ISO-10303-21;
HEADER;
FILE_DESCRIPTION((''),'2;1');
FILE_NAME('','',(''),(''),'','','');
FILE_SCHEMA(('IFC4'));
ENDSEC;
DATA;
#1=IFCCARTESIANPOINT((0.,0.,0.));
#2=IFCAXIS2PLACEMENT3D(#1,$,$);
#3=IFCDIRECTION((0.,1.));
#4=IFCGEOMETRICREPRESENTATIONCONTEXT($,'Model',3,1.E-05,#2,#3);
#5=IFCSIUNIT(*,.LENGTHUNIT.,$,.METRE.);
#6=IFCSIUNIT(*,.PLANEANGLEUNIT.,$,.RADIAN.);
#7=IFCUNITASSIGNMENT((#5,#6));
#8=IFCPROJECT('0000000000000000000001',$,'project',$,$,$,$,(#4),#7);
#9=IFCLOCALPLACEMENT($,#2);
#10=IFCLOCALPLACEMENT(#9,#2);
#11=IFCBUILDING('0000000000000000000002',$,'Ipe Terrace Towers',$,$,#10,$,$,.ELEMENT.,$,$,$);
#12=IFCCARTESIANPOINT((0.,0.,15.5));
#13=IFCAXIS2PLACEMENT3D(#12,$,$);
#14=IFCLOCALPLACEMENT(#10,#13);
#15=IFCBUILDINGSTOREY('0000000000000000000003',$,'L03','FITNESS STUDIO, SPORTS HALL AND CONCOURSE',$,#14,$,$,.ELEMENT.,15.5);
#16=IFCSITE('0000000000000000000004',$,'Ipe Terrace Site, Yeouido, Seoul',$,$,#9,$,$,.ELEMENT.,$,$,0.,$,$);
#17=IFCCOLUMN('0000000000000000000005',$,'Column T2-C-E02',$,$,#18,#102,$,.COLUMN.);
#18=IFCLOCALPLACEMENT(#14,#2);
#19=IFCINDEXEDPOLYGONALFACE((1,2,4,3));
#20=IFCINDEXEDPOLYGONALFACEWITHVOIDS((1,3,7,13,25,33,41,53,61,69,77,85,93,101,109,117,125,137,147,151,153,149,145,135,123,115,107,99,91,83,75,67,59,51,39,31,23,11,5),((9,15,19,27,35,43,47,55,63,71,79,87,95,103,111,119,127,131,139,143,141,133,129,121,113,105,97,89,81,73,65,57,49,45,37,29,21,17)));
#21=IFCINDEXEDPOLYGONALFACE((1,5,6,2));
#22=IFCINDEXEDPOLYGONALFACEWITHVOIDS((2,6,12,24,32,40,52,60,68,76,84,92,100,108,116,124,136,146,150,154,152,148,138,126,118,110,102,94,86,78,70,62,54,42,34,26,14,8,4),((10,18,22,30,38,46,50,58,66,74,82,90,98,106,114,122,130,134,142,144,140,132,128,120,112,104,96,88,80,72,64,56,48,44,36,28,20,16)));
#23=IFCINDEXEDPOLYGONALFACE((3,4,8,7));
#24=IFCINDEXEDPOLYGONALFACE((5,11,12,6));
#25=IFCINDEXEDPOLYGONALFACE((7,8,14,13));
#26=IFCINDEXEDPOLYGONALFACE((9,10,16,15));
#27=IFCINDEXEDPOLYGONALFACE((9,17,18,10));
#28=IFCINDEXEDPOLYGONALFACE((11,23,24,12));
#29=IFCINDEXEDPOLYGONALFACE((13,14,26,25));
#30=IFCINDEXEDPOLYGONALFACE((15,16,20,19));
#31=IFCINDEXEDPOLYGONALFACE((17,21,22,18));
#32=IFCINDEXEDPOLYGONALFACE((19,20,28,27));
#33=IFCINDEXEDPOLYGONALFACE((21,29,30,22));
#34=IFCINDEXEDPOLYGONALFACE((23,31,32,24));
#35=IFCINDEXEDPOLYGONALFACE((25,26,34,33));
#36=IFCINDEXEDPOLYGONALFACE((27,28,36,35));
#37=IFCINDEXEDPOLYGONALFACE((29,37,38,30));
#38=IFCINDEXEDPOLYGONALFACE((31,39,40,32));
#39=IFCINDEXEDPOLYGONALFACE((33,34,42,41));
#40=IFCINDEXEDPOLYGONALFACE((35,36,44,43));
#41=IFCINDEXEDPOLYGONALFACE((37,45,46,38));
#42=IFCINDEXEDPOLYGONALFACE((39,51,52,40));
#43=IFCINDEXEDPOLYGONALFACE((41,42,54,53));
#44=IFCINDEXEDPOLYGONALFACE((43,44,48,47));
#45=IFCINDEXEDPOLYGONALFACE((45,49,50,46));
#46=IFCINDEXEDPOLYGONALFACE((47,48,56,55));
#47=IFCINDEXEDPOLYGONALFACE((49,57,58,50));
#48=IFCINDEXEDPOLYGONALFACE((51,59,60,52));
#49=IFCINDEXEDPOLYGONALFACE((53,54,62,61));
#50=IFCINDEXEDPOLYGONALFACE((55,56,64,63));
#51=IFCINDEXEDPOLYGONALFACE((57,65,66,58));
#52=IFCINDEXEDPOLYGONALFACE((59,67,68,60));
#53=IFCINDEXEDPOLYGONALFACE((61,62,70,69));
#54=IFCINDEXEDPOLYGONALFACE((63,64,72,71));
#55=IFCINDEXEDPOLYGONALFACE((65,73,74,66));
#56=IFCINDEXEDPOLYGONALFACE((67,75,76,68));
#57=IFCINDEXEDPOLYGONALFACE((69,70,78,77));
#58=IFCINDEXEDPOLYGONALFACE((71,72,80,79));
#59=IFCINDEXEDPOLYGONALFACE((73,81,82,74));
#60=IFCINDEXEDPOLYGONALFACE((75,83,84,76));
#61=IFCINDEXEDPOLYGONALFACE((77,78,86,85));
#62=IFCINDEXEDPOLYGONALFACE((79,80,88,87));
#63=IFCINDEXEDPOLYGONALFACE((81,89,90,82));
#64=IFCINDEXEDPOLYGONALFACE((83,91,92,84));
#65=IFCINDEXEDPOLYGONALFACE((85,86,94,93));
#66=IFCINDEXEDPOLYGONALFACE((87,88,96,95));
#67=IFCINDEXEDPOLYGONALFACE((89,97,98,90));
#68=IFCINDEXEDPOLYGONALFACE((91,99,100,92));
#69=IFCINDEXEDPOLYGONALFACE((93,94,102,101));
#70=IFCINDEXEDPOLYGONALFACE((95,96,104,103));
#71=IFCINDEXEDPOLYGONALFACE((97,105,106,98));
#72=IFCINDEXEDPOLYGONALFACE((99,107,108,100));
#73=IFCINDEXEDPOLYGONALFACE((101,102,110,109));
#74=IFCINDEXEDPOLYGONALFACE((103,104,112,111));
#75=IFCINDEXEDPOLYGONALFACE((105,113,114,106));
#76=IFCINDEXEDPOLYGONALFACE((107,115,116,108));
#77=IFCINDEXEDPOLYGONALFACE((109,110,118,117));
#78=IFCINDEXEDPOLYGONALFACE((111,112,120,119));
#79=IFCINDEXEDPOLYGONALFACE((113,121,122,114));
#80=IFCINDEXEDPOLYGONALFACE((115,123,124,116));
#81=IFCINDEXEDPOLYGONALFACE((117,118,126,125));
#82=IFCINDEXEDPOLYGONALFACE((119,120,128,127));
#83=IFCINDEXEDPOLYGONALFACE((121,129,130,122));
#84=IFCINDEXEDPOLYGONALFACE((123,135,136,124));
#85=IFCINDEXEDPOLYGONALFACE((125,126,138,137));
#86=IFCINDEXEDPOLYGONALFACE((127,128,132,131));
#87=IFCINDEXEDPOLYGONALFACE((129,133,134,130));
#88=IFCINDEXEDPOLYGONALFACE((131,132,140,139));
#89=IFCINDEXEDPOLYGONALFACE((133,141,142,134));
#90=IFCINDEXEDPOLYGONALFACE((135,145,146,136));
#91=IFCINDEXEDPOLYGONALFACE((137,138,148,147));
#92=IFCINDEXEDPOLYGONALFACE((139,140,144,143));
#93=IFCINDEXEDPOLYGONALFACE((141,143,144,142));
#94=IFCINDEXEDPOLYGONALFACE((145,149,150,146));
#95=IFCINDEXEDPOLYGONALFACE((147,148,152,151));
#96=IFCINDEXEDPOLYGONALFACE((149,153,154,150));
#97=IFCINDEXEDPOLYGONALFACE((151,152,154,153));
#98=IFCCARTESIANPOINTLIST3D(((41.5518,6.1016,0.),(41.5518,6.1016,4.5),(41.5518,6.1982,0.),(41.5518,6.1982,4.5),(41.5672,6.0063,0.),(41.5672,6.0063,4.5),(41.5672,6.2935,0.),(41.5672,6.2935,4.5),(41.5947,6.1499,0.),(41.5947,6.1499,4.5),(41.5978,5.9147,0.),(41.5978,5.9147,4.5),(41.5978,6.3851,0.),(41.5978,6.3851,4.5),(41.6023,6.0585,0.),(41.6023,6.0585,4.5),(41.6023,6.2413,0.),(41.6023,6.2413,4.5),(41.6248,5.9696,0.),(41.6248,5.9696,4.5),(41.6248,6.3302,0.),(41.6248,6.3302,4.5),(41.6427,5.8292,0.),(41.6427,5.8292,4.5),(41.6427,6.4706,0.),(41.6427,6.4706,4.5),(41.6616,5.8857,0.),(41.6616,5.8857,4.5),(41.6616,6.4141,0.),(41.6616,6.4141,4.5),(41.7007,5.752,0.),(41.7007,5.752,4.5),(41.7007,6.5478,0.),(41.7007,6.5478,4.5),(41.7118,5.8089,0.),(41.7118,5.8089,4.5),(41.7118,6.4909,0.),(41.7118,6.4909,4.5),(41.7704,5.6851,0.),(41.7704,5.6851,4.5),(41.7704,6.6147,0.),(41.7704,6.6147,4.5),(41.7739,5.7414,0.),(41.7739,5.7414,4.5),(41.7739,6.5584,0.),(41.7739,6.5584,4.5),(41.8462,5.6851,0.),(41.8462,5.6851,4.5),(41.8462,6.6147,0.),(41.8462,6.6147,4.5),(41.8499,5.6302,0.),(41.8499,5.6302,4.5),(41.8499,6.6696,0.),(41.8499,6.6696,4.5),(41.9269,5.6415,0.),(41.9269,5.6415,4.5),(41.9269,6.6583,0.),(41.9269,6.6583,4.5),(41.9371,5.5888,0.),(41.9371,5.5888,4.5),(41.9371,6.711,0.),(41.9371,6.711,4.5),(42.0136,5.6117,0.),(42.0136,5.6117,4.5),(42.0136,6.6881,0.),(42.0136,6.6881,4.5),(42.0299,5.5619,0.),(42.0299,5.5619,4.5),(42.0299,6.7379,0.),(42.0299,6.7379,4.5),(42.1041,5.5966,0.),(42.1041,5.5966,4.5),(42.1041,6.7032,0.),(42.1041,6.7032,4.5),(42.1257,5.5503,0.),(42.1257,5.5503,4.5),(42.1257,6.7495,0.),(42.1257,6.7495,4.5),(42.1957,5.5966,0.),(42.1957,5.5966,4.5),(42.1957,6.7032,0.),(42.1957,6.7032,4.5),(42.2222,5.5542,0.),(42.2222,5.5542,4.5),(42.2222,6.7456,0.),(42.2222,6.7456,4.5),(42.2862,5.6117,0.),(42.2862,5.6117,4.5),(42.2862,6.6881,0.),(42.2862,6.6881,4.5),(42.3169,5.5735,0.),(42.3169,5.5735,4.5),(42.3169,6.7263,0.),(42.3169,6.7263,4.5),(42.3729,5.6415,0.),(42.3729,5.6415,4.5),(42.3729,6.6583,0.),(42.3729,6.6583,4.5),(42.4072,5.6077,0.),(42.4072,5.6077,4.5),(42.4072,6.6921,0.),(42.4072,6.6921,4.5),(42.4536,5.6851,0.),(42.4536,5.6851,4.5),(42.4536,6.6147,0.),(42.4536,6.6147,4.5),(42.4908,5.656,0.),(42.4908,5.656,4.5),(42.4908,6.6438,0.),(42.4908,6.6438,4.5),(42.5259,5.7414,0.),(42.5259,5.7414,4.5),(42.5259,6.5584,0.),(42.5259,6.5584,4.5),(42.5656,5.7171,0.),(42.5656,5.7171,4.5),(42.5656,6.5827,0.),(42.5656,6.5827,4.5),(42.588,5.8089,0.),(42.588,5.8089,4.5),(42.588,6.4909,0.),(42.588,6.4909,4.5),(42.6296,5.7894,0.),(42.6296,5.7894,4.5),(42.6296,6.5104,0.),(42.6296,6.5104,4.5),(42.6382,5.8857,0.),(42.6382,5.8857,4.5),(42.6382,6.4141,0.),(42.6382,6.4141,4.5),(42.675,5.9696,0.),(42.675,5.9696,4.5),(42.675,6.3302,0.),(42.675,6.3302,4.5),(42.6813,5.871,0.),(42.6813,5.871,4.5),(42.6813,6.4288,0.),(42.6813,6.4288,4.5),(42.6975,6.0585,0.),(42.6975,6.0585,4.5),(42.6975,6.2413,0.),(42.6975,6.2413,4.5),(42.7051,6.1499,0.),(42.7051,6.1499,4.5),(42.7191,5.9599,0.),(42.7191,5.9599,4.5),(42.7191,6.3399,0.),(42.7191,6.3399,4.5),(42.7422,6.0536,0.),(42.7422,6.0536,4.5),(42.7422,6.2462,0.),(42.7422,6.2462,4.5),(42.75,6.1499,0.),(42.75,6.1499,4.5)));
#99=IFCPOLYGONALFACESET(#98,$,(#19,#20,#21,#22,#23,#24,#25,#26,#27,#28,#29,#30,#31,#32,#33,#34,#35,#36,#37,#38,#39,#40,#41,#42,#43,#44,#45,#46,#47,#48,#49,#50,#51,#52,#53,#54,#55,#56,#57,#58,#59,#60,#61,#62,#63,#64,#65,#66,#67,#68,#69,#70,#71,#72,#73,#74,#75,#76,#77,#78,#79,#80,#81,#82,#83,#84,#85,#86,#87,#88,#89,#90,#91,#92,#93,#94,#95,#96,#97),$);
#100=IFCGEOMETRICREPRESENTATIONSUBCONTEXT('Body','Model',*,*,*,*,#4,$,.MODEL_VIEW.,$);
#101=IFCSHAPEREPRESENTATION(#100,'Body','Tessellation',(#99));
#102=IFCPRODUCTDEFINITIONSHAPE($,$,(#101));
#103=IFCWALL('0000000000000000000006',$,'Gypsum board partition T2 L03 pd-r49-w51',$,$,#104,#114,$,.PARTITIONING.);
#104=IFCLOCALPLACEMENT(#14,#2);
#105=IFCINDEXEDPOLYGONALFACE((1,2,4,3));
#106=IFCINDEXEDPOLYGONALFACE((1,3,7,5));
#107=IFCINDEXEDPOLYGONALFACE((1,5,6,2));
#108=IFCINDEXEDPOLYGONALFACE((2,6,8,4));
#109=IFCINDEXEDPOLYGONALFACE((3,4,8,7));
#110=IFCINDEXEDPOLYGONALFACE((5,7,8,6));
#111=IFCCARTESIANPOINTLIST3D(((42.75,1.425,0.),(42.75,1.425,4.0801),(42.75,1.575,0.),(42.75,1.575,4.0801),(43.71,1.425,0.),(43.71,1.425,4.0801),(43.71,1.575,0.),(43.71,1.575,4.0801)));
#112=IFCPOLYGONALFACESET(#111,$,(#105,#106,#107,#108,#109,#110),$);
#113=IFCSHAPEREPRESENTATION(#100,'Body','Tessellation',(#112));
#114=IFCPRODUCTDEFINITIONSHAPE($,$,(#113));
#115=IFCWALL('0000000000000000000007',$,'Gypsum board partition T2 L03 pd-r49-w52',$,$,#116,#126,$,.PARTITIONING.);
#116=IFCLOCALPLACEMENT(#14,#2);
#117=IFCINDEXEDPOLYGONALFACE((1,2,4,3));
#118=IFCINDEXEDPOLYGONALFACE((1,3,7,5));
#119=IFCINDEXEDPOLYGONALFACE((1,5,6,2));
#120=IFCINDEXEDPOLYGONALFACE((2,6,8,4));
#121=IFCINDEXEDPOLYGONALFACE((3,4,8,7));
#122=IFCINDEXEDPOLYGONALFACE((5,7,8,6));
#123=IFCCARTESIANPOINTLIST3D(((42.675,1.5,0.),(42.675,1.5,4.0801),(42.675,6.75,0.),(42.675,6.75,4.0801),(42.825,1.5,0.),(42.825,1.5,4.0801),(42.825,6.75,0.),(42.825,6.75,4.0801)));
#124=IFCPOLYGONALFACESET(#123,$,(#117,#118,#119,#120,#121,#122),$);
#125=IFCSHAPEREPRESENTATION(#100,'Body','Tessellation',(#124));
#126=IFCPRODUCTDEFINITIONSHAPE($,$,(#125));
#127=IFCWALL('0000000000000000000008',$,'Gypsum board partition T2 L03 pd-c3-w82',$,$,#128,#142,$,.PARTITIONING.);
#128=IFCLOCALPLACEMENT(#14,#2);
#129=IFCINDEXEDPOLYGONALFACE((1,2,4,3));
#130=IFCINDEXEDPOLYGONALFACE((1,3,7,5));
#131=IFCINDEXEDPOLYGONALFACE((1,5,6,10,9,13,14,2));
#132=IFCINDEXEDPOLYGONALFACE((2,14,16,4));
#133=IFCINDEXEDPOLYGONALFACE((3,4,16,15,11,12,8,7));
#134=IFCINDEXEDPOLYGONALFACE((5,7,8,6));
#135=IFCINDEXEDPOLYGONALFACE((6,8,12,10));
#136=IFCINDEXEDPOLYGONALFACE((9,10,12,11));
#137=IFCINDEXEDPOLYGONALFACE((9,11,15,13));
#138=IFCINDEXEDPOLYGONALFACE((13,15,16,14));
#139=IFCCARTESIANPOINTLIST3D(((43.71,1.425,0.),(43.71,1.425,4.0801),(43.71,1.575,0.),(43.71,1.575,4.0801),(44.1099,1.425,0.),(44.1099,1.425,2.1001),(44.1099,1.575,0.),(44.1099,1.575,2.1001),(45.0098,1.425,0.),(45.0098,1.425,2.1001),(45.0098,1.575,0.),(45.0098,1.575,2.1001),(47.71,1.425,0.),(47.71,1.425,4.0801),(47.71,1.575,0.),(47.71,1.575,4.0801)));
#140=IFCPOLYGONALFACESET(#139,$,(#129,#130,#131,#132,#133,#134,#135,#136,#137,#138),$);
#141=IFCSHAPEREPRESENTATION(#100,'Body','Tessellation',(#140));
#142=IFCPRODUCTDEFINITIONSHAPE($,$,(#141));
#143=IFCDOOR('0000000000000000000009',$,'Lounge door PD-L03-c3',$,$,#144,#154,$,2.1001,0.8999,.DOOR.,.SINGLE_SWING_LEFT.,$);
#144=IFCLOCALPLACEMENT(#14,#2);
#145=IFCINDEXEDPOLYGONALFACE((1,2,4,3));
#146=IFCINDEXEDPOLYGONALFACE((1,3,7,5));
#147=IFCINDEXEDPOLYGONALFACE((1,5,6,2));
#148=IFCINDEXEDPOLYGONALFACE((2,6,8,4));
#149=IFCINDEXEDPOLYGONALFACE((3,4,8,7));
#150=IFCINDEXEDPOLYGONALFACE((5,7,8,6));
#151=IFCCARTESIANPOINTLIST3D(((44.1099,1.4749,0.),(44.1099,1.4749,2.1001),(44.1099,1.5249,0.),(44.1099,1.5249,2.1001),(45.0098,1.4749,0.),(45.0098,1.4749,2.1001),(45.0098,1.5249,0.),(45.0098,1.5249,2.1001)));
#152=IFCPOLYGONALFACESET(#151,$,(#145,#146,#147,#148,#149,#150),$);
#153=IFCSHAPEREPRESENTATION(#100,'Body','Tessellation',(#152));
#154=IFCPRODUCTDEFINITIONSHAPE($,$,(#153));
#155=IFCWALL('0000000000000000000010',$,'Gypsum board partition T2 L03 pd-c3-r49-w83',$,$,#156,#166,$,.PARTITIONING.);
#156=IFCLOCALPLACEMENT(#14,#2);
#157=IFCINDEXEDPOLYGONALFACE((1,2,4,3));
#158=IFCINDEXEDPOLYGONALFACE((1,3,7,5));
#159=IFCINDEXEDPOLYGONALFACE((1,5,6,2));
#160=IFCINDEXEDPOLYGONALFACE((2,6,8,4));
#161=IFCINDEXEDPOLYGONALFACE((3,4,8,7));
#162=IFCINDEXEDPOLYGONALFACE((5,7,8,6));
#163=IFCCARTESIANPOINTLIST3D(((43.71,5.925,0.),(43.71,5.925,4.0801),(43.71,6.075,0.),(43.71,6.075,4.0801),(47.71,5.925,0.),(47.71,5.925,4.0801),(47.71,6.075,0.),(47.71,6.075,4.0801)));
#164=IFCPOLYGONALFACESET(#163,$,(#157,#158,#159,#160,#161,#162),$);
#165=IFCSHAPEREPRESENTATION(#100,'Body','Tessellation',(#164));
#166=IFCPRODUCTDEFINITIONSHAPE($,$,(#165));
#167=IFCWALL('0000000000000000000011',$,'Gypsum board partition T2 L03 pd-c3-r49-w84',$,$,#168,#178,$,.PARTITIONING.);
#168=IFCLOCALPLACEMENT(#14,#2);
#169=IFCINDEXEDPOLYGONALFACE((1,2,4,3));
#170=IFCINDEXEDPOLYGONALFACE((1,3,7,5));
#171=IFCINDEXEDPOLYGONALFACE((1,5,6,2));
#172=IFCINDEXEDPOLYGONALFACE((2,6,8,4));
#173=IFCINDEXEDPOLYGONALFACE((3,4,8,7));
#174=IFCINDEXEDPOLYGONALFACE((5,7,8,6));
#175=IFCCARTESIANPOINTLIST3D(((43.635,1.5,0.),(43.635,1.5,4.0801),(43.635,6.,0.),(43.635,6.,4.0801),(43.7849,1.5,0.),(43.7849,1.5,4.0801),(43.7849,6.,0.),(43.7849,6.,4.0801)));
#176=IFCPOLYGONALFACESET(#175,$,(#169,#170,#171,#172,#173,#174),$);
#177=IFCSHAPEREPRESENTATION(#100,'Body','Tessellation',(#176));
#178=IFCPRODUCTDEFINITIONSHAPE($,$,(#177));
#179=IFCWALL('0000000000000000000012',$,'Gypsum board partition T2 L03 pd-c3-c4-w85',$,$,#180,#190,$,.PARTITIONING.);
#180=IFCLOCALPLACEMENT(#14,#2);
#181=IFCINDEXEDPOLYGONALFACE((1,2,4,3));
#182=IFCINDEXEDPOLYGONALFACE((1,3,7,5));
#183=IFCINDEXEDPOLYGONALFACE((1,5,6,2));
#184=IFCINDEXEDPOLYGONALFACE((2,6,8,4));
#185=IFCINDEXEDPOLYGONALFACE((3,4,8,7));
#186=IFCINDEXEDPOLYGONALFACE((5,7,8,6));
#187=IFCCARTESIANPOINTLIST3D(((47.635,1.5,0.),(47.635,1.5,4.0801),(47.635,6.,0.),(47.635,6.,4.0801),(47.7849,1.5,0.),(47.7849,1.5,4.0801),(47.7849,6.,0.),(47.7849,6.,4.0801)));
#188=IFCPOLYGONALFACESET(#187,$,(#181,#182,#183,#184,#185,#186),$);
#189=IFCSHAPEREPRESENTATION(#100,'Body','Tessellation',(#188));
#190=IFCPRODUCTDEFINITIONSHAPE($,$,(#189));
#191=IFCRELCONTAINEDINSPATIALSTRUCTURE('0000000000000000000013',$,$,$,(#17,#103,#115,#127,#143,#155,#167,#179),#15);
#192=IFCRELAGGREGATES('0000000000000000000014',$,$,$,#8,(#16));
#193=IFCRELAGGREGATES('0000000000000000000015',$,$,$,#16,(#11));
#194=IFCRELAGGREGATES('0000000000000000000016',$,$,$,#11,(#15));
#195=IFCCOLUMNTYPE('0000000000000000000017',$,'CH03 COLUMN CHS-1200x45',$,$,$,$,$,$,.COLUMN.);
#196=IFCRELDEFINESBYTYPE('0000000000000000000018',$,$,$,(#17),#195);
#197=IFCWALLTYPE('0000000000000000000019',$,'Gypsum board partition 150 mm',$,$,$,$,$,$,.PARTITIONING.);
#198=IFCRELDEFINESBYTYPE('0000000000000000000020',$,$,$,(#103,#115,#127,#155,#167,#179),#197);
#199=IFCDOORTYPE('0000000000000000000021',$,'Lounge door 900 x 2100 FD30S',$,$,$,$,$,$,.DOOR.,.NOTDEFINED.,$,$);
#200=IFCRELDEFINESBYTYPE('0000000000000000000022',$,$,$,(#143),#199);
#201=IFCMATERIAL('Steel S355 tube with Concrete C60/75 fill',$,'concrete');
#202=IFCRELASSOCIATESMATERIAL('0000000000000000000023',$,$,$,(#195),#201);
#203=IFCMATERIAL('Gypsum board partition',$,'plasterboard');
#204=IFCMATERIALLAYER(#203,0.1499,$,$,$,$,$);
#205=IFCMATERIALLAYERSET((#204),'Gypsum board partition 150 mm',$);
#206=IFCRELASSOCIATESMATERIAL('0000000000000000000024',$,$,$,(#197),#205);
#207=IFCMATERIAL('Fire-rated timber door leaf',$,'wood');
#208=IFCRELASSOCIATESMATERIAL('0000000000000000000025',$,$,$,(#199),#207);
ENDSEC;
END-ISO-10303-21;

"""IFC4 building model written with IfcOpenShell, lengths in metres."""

from ifc_helpers import new_model, si_unit, direction, frame, frame_2d, origin, origin_2d, place, context, subcontext, project, spatial, rectangle, hollow_circle, extrude, material, layer, layer_set, material_profile, profile_set, type_object, element, fill, save


model = new_model("IFC4")

# Units and contexts
model_context = context("Model", 3, precision=1e-05, world=origin(), true_north=direction((0.0, 1.0)))
body_context = subcontext(model_context, "Body", "Model", "MODEL_VIEW")
ifc_project = project(units=[si_unit("LENGTHUNIT", "METRE"), si_unit("PLANEANGLEUNIT", "RADIAN")], contexts=[model_context])

# Site, building, storey
site_placement = place(None, origin())
site = spatial("IfcSite", under=ifc_project, at=site_placement, Name="Ipe Terrace Site, Yeouido, Seoul", CompositionType="ELEMENT", RefElevation=0.0)
building_placement = place(site_placement, origin())
building = spatial("IfcBuilding", under=site, at=building_placement, Name="Ipe Terrace Towers", CompositionType="ELEMENT")
storey_placement = place(building_placement, frame((0.0, 0.0, 15.5)))
storey = spatial("IfcBuildingStorey", under=building, at=storey_placement, Name="L03", Description="FITNESS STUDIO, SPORTS HALL AND CONCOURSE", CompositionType="ELEMENT", Elevation=15.5)

# Column
ifc_material_1 = material(Name="Steel S355 tube with Concrete C60/75 fill", Category="concrete")
ifc_material_profile = material_profile(ifc_material_1, hollow_circle(Radius=0.6001, WallThickness=0.0449, at=origin_2d()), Name="CHS-1200x45")
ifc_profile_set = profile_set([ifc_material_profile], Name="Steel S355 tube with Concrete C60/75 fill")
column_type = type_object("IfcColumnType", Name="CH03 COLUMN CHS-1200x45", PredefinedType="COLUMN", material=ifc_profile_set)
column_placement = place(storey_placement, frame((42.1499, 6.1499, 0.0), z_axis=(0.0, 0.0, 1.0), x_axis=(1.0, 0.0, 0.0)))
element("IfcColumn", 1, at=column_placement, inside=storey, type_object=column_type, Name="Column T2-C-E02", PredefinedType="COLUMN", context=body_context, shape_type="SweptSolid", body=[
    extrude(hollow_circle(Radius=0.6001, WallThickness=0.0449, at=origin_2d()), origin(), (0.0, 0.0, 1.0), 4.5),
])

# Walls
ifc_material_2 = material(Name="Gypsum board partition", Category="plasterboard")
ifc_layer_1 = layer(ifc_material_2, 0.1499)
ifc_layer_set_1 = layer_set([ifc_layer_1], Name="Gypsum board partition 150 mm")
wall_type_1 = type_object("IfcWallType", Name="Gypsum board partition 150 mm", PredefinedType="PARTITIONING", material=ifc_layer_set_1)
wall_1_placement = place(storey_placement, frame((43.71, 1.5, 0.0), z_axis=(0.0, 0.0, 1.0), x_axis=(-1.0, 0.0, 0.0)))
element("IfcWall", 2, at=wall_1_placement, inside=storey, type_object=wall_type_1, Name="Gypsum board partition T2 L03 pd-r49-w51", PredefinedType="PARTITIONING", context=body_context, shape_type="SweptSolid", body=[
    extrude(rectangle(XDim=0.96, YDim=0.1499, at=frame_2d((0.48, 0.0))), origin(), (0.0, 0.0, 1.0), 4.0801),
])
wall_2_placement = place(storey_placement, frame((42.75, 1.5, 0.0), z_axis=(0.0, 0.0, 1.0), x_axis=(0.0, 1.0, 0.0)))
element("IfcWall", 3, at=wall_2_placement, inside=storey, type_object=wall_type_1, Name="Gypsum board partition T2 L03 pd-r49-w52", PredefinedType="PARTITIONING", context=body_context, shape_type="SweptSolid", body=[
    extrude(rectangle(XDim=5.25, YDim=0.1499, at=frame_2d((2.625, 0.0))), origin(), (0.0, 0.0, 1.0), 4.0801),
])

# Wall, opening, door
wall_3_placement = place(storey_placement, frame((43.71, 1.5, 0.0), z_axis=(0.0, 0.0, 1.0), x_axis=(1.0, 0.0, 0.0)))
wall_3 = element("IfcWall", 4, at=wall_3_placement, inside=storey, type_object=wall_type_1, Name="Gypsum board partition T2 L03 pd-c3-w82", PredefinedType="PARTITIONING", context=body_context, shape_type="SweptSolid", body=[
    extrude(rectangle(XDim=4.0, YDim=0.1499, at=frame_2d((2.0, 0.0))), origin(), (0.0, 0.0, 1.0), 4.0801),
])
opening_1_placement = place(wall_3_placement, frame((0.3999, 0.0, 0.0)))
opening_1 = element("IfcOpeningElement", 5, at=opening_1_placement, cuts=wall_3, PredefinedType="OPENING", context=body_context, shape_type="SweptSolid", body=[
    extrude(rectangle(XDim=0.8999, YDim=2.1001, at=frame_2d((0.45, 1.05))), frame((0.0, 0.085, 0.0), z_axis=(0.0, -1.0, 0.0), x_axis=(1.0, 0.0, 0.0)), (0.0, 0.0, 1.0), 0.1699),
])
ifc_material_3 = material(Name="Fire-rated timber door leaf", Category="wood")
door_type_1 = type_object("IfcDoorType", Name="Lounge door 900 x 2100 FD30S", OperationType="NOTDEFINED", PredefinedType="DOOR", material=ifc_material_3)
door_1_placement = place(opening_1_placement, origin())
door_1 = element("IfcDoor", 6, at=door_1_placement, inside=storey, type_object=door_type_1, Name="Lounge door PD-L03-c3", OperationType="SINGLE_SWING_LEFT", OverallHeight=2.1001, OverallWidth=0.8999, PredefinedType="DOOR", context=body_context, shape_type="SweptSolid", body=[
    extrude(rectangle(XDim=0.8999, YDim=2.1001, at=frame_2d((0.45, 1.05))), frame((0.0, 0.0249, 0.0), z_axis=(0.0, -1.0, 0.0), x_axis=(1.0, 0.0, 0.0)), (0.0, 0.0, 1.0), 0.05),
])
fill(opening_1, door_1)

# Walls
wall_4_placement = place(storey_placement, frame((47.71, 6.0, 0.0), z_axis=(0.0, 0.0, 1.0), x_axis=(-1.0, 0.0, 0.0)))
element("IfcWall", 7, at=wall_4_placement, inside=storey, type_object=wall_type_1, Name="Gypsum board partition T2 L03 pd-c3-r49-w83", PredefinedType="PARTITIONING", context=body_context, shape_type="SweptSolid", body=[
    extrude(rectangle(XDim=4.0, YDim=0.1499, at=frame_2d((2.0, 0.0))), origin(), (0.0, 0.0, 1.0), 4.0801),
])
for number, where, z_axis, x_axis, name in (
    (8, (43.71, 6.0, 0.0), (0.0, 0.0, 1.0), (0.0, -1.0, 0.0), "Gypsum board partition T2 L03 pd-c3-r49-w84"),
    (9, (47.71, 1.5, 0.0), (0.0, 0.0, 1.0), (0.0, 1.0, 0.0), "Gypsum board partition T2 L03 pd-c3-c4-w85"),
):
    element("IfcWall", number, at=place(storey_placement, frame(where, z_axis=z_axis, x_axis=x_axis)), inside=storey, type_object=wall_type_1, Name=name, PredefinedType="PARTITIONING", context=body_context, shape_type="SweptSolid", body=[
        extrude(rectangle(XDim=4.5, YDim=0.1499, at=frame_2d((2.25, 0.0))), origin(), (0.0, 0.0, 1.0), 4.0801),
    ])

save(model, "model.ifc")
